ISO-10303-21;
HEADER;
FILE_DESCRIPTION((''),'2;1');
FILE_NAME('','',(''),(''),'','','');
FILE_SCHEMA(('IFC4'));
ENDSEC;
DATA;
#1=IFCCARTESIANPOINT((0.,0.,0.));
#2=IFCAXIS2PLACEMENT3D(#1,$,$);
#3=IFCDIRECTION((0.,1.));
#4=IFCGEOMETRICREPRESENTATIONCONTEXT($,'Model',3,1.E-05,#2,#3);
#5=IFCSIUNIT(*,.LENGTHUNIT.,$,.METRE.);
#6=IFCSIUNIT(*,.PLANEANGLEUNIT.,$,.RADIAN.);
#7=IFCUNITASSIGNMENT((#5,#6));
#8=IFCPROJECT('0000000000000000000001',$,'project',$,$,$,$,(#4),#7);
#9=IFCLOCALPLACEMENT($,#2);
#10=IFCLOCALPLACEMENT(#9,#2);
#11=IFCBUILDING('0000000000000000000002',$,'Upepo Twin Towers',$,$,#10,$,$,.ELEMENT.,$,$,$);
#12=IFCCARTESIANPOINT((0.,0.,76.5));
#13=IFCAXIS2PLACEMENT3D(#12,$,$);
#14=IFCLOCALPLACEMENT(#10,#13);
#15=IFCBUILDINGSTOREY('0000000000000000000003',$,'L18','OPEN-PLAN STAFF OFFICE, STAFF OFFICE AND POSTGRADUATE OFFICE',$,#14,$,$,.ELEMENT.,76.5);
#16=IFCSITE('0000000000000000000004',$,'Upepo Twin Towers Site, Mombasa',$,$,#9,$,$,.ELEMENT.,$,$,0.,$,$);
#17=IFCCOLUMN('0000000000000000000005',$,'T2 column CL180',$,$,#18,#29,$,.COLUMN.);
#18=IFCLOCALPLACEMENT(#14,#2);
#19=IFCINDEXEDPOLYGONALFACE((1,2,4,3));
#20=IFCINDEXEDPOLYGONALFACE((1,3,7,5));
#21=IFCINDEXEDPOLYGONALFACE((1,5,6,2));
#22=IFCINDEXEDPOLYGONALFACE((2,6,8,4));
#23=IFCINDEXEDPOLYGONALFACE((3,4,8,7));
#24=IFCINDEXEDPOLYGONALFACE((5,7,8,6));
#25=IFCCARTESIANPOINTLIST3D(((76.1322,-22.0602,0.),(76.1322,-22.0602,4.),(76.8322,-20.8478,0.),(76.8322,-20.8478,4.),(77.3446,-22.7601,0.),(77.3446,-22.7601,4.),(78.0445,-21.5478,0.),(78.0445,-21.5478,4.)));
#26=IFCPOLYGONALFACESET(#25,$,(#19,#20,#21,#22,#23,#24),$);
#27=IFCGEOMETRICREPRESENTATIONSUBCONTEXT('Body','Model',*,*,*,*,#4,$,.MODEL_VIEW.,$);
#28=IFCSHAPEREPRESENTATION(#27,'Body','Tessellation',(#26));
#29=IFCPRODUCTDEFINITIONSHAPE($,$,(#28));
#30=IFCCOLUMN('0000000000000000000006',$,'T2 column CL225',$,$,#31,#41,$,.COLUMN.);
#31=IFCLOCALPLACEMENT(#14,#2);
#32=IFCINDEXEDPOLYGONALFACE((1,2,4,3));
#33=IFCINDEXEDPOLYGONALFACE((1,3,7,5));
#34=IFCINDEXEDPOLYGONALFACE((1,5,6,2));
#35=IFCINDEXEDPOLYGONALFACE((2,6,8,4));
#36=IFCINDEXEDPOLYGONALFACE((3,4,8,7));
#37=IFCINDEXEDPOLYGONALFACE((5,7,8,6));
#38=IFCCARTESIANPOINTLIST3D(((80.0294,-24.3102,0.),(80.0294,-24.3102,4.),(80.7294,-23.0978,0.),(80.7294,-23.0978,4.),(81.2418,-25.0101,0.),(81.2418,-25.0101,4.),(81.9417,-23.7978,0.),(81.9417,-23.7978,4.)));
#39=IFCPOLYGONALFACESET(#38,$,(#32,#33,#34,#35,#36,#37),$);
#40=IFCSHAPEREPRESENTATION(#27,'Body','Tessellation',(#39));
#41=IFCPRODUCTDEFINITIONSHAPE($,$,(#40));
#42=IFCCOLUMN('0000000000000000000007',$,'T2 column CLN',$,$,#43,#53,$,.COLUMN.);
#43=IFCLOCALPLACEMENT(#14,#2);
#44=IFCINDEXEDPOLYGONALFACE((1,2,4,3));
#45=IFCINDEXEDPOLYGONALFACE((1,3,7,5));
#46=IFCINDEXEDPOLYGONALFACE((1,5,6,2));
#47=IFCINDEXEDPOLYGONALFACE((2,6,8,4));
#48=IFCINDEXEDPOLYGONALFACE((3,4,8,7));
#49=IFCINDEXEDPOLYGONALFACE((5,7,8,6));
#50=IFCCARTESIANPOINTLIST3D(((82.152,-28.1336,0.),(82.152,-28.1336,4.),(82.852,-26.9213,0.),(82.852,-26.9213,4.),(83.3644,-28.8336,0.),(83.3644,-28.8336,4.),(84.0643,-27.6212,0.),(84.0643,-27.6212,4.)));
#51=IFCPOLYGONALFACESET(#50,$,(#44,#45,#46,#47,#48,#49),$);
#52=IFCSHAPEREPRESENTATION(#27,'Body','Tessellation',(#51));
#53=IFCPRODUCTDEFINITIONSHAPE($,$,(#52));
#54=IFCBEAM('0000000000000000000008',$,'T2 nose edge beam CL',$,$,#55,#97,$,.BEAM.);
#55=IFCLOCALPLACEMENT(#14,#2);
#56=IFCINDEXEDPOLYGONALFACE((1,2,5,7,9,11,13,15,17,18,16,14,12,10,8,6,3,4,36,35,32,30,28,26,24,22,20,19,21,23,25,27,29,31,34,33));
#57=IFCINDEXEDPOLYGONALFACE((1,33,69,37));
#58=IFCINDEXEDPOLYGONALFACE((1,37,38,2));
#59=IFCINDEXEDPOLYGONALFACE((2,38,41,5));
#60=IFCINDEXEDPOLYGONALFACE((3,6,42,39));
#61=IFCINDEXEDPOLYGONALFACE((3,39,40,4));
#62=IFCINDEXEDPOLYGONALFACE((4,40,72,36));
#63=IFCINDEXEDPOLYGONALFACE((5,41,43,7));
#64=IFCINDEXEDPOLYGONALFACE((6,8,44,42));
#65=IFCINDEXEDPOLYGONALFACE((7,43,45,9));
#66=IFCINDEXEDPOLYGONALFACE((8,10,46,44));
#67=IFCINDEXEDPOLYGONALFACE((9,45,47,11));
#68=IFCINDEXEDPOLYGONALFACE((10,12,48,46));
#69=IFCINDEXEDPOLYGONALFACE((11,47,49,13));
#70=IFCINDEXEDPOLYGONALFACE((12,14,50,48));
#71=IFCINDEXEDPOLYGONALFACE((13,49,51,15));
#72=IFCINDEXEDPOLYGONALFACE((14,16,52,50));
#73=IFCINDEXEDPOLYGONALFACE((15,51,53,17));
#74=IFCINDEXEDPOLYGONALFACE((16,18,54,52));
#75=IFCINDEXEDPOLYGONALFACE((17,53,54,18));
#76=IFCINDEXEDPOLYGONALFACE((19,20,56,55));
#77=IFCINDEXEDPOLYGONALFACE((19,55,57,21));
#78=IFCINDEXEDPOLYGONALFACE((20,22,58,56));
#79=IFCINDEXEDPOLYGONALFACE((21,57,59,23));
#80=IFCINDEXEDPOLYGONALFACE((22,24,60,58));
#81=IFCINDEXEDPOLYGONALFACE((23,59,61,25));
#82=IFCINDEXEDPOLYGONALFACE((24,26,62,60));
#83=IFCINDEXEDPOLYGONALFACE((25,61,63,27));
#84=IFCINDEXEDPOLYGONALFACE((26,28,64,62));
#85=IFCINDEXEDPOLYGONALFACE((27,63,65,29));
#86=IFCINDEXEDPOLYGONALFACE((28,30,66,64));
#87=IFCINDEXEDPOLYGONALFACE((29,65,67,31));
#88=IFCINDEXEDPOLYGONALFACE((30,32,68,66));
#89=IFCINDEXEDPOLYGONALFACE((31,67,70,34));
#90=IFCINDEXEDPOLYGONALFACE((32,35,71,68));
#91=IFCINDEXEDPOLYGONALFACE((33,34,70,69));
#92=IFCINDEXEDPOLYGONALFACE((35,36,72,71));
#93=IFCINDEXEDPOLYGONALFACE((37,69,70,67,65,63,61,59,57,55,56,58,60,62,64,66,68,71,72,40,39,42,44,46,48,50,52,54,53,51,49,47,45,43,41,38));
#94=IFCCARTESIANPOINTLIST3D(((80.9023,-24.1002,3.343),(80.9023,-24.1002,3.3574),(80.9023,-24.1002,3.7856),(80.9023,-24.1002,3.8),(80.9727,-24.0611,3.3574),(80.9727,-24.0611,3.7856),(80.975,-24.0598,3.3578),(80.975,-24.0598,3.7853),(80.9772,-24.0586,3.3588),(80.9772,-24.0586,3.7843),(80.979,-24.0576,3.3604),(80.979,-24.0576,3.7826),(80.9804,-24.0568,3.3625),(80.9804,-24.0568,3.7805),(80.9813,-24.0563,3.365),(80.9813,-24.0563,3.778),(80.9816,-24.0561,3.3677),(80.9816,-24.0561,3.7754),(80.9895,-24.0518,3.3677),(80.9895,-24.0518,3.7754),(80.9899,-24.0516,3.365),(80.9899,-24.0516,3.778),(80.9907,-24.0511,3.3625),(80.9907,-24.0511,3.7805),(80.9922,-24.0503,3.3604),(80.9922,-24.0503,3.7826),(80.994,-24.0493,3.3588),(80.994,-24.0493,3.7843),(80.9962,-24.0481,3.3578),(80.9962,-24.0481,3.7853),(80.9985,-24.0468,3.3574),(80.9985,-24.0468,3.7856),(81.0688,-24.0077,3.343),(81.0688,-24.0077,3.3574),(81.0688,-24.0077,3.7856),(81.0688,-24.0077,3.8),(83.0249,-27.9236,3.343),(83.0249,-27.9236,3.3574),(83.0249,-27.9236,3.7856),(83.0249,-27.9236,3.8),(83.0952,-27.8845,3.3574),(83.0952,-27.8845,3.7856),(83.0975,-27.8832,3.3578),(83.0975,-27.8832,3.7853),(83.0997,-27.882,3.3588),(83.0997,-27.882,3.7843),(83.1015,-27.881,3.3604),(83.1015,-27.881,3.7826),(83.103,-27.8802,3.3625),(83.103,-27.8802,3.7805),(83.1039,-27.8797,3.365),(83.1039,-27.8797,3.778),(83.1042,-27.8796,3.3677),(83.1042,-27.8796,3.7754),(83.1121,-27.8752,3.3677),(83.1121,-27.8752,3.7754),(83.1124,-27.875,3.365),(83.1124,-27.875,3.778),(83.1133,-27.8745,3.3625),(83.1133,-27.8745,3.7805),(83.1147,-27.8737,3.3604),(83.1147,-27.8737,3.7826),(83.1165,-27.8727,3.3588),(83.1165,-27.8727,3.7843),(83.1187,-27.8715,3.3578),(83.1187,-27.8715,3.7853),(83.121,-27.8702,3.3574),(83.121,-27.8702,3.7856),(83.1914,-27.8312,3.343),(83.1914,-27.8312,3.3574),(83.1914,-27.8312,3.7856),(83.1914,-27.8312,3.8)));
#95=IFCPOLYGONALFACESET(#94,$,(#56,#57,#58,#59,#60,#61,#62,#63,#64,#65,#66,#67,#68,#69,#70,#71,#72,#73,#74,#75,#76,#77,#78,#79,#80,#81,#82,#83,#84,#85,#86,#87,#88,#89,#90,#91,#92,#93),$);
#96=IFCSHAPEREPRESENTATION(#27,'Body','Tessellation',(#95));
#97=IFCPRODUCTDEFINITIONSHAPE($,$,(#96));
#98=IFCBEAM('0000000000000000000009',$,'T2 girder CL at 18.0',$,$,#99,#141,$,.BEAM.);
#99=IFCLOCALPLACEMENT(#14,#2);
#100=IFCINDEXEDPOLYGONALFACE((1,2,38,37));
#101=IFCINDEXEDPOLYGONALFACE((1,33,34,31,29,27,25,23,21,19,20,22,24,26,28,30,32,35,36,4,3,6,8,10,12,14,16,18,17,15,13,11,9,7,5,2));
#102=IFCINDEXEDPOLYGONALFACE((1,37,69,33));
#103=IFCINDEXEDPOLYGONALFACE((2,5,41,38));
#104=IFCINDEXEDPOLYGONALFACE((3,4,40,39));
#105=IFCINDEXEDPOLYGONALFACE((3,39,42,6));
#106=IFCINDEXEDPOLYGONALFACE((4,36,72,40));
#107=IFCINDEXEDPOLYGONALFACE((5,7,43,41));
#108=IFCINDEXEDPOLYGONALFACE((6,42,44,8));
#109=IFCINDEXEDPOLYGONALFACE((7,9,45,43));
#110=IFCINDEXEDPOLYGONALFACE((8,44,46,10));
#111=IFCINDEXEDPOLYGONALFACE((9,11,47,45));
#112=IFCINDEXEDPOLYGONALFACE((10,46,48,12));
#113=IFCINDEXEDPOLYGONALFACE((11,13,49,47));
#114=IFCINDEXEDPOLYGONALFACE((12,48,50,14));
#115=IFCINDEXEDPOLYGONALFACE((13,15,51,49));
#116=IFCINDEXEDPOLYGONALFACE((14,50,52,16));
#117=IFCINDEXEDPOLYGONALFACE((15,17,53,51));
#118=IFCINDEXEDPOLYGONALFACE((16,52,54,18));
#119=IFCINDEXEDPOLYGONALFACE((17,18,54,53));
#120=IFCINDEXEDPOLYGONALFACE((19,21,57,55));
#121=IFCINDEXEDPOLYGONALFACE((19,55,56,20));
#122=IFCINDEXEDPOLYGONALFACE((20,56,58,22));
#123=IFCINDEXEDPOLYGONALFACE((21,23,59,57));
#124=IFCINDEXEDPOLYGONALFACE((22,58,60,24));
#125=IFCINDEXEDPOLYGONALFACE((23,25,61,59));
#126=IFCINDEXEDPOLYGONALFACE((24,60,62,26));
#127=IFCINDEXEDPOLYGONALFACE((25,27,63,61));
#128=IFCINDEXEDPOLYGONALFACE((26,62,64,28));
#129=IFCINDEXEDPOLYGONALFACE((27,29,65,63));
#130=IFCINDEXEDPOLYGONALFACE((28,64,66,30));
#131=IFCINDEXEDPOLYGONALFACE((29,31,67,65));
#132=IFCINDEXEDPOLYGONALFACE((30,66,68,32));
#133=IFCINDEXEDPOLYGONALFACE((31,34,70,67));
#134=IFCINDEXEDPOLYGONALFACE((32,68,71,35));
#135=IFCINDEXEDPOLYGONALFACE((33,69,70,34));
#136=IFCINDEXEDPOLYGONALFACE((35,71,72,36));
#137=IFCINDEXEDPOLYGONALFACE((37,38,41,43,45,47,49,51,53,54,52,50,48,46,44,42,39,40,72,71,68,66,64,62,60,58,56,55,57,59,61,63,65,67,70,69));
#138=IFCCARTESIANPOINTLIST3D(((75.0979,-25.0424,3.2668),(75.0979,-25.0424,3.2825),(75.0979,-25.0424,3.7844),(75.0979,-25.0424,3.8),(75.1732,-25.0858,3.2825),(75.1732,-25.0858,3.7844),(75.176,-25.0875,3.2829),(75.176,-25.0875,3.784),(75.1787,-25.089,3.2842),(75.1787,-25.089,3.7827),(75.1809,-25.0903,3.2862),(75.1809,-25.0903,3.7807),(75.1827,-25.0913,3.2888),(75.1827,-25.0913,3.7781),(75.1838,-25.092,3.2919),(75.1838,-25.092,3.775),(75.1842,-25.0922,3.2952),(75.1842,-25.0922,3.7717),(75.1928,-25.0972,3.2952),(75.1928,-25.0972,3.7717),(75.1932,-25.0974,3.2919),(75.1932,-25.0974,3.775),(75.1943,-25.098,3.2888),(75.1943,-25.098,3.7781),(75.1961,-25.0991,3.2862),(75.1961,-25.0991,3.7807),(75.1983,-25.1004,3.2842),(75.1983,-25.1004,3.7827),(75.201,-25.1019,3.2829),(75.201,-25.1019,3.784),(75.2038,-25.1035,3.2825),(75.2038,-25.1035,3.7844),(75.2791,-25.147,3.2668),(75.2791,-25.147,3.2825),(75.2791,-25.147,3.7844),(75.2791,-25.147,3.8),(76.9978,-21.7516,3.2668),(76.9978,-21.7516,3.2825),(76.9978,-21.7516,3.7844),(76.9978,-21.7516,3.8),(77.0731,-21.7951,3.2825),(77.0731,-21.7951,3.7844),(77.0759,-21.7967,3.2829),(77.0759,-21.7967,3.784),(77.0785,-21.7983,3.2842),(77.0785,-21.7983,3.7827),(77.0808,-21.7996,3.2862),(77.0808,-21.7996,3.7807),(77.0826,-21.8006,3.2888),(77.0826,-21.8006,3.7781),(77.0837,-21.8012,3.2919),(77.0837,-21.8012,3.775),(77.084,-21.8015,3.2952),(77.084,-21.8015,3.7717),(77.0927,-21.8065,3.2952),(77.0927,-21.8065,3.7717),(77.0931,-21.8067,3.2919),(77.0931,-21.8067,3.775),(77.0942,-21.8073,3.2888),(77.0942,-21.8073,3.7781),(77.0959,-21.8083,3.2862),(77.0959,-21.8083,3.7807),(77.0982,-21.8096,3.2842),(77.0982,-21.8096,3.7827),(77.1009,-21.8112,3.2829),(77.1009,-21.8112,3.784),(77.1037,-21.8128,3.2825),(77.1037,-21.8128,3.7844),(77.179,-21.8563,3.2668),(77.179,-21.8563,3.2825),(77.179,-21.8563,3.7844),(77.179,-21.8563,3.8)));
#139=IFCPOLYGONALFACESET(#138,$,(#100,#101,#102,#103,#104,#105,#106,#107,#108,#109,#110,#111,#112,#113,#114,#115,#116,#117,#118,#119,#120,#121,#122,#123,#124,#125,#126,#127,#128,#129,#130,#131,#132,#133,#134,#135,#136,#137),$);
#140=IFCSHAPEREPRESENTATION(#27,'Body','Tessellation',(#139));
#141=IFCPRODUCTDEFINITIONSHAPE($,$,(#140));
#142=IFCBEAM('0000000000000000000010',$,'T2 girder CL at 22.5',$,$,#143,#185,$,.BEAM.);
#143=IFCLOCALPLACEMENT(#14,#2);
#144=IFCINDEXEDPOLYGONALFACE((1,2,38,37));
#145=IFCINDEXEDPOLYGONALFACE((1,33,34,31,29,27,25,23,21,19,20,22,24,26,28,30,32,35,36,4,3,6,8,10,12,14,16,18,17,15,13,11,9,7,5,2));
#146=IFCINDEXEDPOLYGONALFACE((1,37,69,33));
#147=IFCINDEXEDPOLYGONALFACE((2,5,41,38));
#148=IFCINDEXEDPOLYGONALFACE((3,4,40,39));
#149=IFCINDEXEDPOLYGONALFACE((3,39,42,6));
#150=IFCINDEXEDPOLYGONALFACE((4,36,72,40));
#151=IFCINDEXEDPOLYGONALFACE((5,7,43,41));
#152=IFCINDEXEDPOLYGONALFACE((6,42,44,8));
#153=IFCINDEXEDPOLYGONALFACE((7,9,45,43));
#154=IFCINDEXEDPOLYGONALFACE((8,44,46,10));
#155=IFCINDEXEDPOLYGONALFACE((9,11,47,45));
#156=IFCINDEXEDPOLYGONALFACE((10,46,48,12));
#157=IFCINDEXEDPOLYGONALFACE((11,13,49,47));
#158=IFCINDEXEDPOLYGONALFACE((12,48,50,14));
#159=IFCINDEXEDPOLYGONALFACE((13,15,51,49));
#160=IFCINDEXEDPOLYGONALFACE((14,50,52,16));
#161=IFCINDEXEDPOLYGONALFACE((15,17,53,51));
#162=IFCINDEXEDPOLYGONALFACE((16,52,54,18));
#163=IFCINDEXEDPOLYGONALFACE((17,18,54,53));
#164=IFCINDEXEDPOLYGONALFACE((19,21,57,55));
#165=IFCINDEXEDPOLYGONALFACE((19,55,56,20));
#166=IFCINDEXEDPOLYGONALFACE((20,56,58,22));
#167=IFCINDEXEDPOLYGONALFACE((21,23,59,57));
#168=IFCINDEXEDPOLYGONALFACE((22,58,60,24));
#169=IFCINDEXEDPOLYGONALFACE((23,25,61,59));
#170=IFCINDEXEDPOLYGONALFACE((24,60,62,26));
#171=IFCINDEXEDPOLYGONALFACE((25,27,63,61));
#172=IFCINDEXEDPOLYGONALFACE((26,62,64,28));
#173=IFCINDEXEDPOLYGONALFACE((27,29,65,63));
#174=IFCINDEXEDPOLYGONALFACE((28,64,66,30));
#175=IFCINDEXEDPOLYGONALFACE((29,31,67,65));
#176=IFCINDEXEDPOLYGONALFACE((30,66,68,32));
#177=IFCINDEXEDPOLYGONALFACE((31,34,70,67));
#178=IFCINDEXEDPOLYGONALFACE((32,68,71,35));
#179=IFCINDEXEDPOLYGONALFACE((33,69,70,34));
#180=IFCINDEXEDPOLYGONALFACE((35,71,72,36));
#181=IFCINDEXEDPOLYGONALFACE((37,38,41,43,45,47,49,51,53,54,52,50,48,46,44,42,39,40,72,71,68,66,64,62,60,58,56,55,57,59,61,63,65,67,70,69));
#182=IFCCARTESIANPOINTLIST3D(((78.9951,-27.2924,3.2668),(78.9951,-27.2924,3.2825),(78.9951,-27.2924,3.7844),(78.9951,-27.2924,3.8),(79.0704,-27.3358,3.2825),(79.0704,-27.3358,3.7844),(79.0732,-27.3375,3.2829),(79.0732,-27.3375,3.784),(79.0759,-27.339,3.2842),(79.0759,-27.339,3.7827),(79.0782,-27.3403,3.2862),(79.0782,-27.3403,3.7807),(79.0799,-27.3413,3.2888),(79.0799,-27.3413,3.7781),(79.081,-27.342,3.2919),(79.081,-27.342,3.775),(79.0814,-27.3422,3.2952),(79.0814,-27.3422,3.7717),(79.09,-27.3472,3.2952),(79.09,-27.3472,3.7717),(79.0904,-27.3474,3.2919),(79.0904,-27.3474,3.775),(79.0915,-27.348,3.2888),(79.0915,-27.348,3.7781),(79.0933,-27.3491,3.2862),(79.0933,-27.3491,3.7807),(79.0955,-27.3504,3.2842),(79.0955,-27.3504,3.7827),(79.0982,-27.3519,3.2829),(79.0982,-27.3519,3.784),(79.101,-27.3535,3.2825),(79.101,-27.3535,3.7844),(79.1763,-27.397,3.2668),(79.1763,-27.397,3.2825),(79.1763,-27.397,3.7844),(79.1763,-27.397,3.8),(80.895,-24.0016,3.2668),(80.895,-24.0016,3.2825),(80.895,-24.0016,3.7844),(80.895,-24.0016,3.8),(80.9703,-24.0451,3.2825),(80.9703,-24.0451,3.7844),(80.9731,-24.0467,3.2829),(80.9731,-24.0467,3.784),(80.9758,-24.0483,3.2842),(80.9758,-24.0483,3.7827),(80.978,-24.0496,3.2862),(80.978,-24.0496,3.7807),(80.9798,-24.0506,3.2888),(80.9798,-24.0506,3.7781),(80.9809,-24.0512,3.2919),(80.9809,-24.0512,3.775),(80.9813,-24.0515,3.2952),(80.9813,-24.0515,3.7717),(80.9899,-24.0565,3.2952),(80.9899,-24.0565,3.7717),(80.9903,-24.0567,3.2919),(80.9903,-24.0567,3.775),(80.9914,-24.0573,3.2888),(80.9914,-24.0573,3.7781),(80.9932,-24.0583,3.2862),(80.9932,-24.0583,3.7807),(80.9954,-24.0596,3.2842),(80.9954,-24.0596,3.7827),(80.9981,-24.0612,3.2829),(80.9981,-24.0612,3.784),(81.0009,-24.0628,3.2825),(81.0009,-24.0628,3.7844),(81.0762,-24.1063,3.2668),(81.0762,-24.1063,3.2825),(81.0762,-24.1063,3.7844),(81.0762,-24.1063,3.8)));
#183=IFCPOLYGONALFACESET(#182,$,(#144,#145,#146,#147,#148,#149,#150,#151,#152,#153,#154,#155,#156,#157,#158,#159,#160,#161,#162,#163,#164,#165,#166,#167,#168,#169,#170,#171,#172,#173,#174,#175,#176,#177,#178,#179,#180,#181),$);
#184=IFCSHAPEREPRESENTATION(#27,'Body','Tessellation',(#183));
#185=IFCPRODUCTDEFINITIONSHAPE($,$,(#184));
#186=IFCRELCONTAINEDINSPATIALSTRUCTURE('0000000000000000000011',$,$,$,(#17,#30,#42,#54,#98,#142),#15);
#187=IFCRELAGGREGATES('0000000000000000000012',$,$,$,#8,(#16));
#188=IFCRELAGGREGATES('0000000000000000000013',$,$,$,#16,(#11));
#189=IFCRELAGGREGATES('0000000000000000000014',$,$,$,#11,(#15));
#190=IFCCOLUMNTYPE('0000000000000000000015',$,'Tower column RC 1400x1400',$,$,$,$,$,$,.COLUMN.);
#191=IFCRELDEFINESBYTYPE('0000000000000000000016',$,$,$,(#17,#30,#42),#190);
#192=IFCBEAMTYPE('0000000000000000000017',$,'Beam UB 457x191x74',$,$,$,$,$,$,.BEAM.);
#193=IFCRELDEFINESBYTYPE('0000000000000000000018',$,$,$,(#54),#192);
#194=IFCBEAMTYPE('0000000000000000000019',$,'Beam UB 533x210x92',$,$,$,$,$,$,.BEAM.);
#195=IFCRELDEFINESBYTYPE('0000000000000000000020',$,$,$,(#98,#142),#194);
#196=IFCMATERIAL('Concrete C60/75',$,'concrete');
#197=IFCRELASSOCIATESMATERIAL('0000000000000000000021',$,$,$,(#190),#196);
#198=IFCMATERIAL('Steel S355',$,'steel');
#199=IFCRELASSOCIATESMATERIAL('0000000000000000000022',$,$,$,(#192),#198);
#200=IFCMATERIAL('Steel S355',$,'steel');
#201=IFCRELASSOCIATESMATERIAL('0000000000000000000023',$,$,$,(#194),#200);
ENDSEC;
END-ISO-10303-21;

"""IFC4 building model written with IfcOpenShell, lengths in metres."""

from ifc_helpers import new_model, si_unit, direction, frame, origin, origin_2d, place, context, subcontext, project, spatial, rectangle, i_section, extrude, material, material_profile, profile_set, type_object, element, save


model = new_model("IFC4")

# Units and contexts
model_context = context("Model", 3, precision=1e-05, world=origin(), true_north=direction((0.0, 1.0)))
body_context = subcontext(model_context, "Body", "Model", "MODEL_VIEW")
ifc_project = project(units=[si_unit("LENGTHUNIT", "METRE"), si_unit("PLANEANGLEUNIT", "RADIAN")], contexts=[model_context])

# Site, building, storey
site_placement = place(None, origin())
site = spatial("IfcSite", under=ifc_project, at=site_placement, Name="Upepo Twin Towers Site, Mombasa", CompositionType="ELEMENT", RefElevation=0.0)
building_placement = place(site_placement, origin())
building = spatial("IfcBuilding", under=site, at=building_placement, Name="Upepo Twin Towers", CompositionType="ELEMENT")
storey_placement = place(building_placement, frame((0.0, 0.0, 76.5)))
storey = spatial("IfcBuildingStorey", under=building, at=storey_placement, Name="L18", Description="OPEN-PLAN STAFF OFFICE, STAFF OFFICE AND POSTGRADUATE OFFICE", CompositionType="ELEMENT", Elevation=76.5)

# Columns
ifc_material_1 = material(Name="Concrete C60/75", Category="concrete")
ifc_material_profile_1 = material_profile(ifc_material_1, rectangle(XDim=1.3999, YDim=1.3999, at=origin_2d()), Name="RC 1400x1400")
ifc_profile_set_1 = profile_set([ifc_material_profile_1], Name="Concrete C60/75")
column_type = type_object("IfcColumnType", Name="Tower column RC 1400x1400", PredefinedType="COLUMN", material=ifc_profile_set_1)
for number, where, z_axis, x_axis, name in (
    (1, (77.0884, -21.804, 0.0), (0.0, 0.0, 1.0), (0.5, 0.866025, 0.0), "T2 column CL180"),
    (2, (80.9856, -24.054, 0.0), (0.0, 0.0, 1.0), (0.5, 0.866025, 0.0), "T2 column CL225"),
    (3, (83.1082, -27.8774, 0.0), (0.0, 0.0, 1.0), (0.5, 0.866025, 0.0), "T2 column CLN"),
):
    element("IfcColumn", number, at=place(storey_placement, frame(where, z_axis=z_axis, x_axis=x_axis)), inside=storey, type_object=column_type, Name=name, PredefinedType="COLUMN", context=body_context, shape_type="SweptSolid", body=[
        extrude(rectangle(XDim=1.3999, YDim=1.3999, at=origin_2d()), origin(), (0.0, 0.0, 1.0), 4.0),
    ])

# Beams
ifc_material_2 = material(Name="Steel S355", Category="steel")
ifc_material_profile_2 = material_profile(ifc_material_2, i_section(OverallWidth=0.1904, OverallDepth=0.457, WebThickness=0.009, FlangeThickness=0.0144, FilletRadius=0.0103, at=origin_2d()), Name="UB 457x191x74")
ifc_profile_set_2 = profile_set([ifc_material_profile_2], Name="Steel S355")
beam_type_1 = type_object("IfcBeamType", Name="Beam UB 457x191x74", PredefinedType="BEAM", material=ifc_profile_set_2)
beam_1_placement = place(storey_placement, frame((80.9856, -24.054, 3.5715), z_axis=(0.485363, -0.874313, 0.0), x_axis=(0.874313, 0.485363, 0.0)))
element("IfcBeam", 4, at=beam_1_placement, inside=storey, type_object=beam_type_1, Name="T2 nose edge beam CL", PredefinedType="BEAM", context=body_context, shape_type="SweptSolid", body=[
    extrude(i_section(OverallWidth=0.1904, OverallDepth=0.457, WebThickness=0.009, FlangeThickness=0.0144, FilletRadius=0.0103, at=origin_2d()), origin(), (0.0, 0.0, 1.0), 4.373),
])
ifc_material_3 = material(Name="Steel S355", Category="steel")
ifc_material_profile_3 = material_profile(ifc_material_3, i_section(OverallWidth=0.2092, OverallDepth=0.5332, WebThickness=0.01, FlangeThickness=0.0156, FilletRadius=0.0127, at=origin_2d()), Name="UB 533x210x92")
ifc_profile_set_3 = profile_set([ifc_material_profile_3], Name="Steel S355")
beam_type_2 = type_object("IfcBeamType", Name="Beam UB 533x210x92", PredefinedType="BEAM", material=ifc_profile_set_3)
for number, where, z_axis, x_axis, name in (
    (5, (77.0884, -21.804, 3.5334), (-0.499995, -0.866028, 0.0), (0.866028, -0.499995, 0.0), "T2 girder CL at 18.0"),
    (6, (80.9856, -24.054, 3.5334), (-0.499995, -0.866028, 0.0), (0.866028, -0.499995, 0.0), "T2 girder CL at 22.5"),
):
    element("IfcBeam", number, at=place(storey_placement, frame(where, z_axis=z_axis, x_axis=x_axis)), inside=storey, type_object=beam_type_2, Name=name, PredefinedType="BEAM", context=body_context, shape_type="SweptSolid", body=[
        extrude(i_section(OverallWidth=0.2092, OverallDepth=0.5332, WebThickness=0.01, FlangeThickness=0.0156, FilletRadius=0.0127, at=origin_2d()), origin(), (0.0, 0.0, 1.0), 3.7998),
    ])

save(model, "model.ifc")
